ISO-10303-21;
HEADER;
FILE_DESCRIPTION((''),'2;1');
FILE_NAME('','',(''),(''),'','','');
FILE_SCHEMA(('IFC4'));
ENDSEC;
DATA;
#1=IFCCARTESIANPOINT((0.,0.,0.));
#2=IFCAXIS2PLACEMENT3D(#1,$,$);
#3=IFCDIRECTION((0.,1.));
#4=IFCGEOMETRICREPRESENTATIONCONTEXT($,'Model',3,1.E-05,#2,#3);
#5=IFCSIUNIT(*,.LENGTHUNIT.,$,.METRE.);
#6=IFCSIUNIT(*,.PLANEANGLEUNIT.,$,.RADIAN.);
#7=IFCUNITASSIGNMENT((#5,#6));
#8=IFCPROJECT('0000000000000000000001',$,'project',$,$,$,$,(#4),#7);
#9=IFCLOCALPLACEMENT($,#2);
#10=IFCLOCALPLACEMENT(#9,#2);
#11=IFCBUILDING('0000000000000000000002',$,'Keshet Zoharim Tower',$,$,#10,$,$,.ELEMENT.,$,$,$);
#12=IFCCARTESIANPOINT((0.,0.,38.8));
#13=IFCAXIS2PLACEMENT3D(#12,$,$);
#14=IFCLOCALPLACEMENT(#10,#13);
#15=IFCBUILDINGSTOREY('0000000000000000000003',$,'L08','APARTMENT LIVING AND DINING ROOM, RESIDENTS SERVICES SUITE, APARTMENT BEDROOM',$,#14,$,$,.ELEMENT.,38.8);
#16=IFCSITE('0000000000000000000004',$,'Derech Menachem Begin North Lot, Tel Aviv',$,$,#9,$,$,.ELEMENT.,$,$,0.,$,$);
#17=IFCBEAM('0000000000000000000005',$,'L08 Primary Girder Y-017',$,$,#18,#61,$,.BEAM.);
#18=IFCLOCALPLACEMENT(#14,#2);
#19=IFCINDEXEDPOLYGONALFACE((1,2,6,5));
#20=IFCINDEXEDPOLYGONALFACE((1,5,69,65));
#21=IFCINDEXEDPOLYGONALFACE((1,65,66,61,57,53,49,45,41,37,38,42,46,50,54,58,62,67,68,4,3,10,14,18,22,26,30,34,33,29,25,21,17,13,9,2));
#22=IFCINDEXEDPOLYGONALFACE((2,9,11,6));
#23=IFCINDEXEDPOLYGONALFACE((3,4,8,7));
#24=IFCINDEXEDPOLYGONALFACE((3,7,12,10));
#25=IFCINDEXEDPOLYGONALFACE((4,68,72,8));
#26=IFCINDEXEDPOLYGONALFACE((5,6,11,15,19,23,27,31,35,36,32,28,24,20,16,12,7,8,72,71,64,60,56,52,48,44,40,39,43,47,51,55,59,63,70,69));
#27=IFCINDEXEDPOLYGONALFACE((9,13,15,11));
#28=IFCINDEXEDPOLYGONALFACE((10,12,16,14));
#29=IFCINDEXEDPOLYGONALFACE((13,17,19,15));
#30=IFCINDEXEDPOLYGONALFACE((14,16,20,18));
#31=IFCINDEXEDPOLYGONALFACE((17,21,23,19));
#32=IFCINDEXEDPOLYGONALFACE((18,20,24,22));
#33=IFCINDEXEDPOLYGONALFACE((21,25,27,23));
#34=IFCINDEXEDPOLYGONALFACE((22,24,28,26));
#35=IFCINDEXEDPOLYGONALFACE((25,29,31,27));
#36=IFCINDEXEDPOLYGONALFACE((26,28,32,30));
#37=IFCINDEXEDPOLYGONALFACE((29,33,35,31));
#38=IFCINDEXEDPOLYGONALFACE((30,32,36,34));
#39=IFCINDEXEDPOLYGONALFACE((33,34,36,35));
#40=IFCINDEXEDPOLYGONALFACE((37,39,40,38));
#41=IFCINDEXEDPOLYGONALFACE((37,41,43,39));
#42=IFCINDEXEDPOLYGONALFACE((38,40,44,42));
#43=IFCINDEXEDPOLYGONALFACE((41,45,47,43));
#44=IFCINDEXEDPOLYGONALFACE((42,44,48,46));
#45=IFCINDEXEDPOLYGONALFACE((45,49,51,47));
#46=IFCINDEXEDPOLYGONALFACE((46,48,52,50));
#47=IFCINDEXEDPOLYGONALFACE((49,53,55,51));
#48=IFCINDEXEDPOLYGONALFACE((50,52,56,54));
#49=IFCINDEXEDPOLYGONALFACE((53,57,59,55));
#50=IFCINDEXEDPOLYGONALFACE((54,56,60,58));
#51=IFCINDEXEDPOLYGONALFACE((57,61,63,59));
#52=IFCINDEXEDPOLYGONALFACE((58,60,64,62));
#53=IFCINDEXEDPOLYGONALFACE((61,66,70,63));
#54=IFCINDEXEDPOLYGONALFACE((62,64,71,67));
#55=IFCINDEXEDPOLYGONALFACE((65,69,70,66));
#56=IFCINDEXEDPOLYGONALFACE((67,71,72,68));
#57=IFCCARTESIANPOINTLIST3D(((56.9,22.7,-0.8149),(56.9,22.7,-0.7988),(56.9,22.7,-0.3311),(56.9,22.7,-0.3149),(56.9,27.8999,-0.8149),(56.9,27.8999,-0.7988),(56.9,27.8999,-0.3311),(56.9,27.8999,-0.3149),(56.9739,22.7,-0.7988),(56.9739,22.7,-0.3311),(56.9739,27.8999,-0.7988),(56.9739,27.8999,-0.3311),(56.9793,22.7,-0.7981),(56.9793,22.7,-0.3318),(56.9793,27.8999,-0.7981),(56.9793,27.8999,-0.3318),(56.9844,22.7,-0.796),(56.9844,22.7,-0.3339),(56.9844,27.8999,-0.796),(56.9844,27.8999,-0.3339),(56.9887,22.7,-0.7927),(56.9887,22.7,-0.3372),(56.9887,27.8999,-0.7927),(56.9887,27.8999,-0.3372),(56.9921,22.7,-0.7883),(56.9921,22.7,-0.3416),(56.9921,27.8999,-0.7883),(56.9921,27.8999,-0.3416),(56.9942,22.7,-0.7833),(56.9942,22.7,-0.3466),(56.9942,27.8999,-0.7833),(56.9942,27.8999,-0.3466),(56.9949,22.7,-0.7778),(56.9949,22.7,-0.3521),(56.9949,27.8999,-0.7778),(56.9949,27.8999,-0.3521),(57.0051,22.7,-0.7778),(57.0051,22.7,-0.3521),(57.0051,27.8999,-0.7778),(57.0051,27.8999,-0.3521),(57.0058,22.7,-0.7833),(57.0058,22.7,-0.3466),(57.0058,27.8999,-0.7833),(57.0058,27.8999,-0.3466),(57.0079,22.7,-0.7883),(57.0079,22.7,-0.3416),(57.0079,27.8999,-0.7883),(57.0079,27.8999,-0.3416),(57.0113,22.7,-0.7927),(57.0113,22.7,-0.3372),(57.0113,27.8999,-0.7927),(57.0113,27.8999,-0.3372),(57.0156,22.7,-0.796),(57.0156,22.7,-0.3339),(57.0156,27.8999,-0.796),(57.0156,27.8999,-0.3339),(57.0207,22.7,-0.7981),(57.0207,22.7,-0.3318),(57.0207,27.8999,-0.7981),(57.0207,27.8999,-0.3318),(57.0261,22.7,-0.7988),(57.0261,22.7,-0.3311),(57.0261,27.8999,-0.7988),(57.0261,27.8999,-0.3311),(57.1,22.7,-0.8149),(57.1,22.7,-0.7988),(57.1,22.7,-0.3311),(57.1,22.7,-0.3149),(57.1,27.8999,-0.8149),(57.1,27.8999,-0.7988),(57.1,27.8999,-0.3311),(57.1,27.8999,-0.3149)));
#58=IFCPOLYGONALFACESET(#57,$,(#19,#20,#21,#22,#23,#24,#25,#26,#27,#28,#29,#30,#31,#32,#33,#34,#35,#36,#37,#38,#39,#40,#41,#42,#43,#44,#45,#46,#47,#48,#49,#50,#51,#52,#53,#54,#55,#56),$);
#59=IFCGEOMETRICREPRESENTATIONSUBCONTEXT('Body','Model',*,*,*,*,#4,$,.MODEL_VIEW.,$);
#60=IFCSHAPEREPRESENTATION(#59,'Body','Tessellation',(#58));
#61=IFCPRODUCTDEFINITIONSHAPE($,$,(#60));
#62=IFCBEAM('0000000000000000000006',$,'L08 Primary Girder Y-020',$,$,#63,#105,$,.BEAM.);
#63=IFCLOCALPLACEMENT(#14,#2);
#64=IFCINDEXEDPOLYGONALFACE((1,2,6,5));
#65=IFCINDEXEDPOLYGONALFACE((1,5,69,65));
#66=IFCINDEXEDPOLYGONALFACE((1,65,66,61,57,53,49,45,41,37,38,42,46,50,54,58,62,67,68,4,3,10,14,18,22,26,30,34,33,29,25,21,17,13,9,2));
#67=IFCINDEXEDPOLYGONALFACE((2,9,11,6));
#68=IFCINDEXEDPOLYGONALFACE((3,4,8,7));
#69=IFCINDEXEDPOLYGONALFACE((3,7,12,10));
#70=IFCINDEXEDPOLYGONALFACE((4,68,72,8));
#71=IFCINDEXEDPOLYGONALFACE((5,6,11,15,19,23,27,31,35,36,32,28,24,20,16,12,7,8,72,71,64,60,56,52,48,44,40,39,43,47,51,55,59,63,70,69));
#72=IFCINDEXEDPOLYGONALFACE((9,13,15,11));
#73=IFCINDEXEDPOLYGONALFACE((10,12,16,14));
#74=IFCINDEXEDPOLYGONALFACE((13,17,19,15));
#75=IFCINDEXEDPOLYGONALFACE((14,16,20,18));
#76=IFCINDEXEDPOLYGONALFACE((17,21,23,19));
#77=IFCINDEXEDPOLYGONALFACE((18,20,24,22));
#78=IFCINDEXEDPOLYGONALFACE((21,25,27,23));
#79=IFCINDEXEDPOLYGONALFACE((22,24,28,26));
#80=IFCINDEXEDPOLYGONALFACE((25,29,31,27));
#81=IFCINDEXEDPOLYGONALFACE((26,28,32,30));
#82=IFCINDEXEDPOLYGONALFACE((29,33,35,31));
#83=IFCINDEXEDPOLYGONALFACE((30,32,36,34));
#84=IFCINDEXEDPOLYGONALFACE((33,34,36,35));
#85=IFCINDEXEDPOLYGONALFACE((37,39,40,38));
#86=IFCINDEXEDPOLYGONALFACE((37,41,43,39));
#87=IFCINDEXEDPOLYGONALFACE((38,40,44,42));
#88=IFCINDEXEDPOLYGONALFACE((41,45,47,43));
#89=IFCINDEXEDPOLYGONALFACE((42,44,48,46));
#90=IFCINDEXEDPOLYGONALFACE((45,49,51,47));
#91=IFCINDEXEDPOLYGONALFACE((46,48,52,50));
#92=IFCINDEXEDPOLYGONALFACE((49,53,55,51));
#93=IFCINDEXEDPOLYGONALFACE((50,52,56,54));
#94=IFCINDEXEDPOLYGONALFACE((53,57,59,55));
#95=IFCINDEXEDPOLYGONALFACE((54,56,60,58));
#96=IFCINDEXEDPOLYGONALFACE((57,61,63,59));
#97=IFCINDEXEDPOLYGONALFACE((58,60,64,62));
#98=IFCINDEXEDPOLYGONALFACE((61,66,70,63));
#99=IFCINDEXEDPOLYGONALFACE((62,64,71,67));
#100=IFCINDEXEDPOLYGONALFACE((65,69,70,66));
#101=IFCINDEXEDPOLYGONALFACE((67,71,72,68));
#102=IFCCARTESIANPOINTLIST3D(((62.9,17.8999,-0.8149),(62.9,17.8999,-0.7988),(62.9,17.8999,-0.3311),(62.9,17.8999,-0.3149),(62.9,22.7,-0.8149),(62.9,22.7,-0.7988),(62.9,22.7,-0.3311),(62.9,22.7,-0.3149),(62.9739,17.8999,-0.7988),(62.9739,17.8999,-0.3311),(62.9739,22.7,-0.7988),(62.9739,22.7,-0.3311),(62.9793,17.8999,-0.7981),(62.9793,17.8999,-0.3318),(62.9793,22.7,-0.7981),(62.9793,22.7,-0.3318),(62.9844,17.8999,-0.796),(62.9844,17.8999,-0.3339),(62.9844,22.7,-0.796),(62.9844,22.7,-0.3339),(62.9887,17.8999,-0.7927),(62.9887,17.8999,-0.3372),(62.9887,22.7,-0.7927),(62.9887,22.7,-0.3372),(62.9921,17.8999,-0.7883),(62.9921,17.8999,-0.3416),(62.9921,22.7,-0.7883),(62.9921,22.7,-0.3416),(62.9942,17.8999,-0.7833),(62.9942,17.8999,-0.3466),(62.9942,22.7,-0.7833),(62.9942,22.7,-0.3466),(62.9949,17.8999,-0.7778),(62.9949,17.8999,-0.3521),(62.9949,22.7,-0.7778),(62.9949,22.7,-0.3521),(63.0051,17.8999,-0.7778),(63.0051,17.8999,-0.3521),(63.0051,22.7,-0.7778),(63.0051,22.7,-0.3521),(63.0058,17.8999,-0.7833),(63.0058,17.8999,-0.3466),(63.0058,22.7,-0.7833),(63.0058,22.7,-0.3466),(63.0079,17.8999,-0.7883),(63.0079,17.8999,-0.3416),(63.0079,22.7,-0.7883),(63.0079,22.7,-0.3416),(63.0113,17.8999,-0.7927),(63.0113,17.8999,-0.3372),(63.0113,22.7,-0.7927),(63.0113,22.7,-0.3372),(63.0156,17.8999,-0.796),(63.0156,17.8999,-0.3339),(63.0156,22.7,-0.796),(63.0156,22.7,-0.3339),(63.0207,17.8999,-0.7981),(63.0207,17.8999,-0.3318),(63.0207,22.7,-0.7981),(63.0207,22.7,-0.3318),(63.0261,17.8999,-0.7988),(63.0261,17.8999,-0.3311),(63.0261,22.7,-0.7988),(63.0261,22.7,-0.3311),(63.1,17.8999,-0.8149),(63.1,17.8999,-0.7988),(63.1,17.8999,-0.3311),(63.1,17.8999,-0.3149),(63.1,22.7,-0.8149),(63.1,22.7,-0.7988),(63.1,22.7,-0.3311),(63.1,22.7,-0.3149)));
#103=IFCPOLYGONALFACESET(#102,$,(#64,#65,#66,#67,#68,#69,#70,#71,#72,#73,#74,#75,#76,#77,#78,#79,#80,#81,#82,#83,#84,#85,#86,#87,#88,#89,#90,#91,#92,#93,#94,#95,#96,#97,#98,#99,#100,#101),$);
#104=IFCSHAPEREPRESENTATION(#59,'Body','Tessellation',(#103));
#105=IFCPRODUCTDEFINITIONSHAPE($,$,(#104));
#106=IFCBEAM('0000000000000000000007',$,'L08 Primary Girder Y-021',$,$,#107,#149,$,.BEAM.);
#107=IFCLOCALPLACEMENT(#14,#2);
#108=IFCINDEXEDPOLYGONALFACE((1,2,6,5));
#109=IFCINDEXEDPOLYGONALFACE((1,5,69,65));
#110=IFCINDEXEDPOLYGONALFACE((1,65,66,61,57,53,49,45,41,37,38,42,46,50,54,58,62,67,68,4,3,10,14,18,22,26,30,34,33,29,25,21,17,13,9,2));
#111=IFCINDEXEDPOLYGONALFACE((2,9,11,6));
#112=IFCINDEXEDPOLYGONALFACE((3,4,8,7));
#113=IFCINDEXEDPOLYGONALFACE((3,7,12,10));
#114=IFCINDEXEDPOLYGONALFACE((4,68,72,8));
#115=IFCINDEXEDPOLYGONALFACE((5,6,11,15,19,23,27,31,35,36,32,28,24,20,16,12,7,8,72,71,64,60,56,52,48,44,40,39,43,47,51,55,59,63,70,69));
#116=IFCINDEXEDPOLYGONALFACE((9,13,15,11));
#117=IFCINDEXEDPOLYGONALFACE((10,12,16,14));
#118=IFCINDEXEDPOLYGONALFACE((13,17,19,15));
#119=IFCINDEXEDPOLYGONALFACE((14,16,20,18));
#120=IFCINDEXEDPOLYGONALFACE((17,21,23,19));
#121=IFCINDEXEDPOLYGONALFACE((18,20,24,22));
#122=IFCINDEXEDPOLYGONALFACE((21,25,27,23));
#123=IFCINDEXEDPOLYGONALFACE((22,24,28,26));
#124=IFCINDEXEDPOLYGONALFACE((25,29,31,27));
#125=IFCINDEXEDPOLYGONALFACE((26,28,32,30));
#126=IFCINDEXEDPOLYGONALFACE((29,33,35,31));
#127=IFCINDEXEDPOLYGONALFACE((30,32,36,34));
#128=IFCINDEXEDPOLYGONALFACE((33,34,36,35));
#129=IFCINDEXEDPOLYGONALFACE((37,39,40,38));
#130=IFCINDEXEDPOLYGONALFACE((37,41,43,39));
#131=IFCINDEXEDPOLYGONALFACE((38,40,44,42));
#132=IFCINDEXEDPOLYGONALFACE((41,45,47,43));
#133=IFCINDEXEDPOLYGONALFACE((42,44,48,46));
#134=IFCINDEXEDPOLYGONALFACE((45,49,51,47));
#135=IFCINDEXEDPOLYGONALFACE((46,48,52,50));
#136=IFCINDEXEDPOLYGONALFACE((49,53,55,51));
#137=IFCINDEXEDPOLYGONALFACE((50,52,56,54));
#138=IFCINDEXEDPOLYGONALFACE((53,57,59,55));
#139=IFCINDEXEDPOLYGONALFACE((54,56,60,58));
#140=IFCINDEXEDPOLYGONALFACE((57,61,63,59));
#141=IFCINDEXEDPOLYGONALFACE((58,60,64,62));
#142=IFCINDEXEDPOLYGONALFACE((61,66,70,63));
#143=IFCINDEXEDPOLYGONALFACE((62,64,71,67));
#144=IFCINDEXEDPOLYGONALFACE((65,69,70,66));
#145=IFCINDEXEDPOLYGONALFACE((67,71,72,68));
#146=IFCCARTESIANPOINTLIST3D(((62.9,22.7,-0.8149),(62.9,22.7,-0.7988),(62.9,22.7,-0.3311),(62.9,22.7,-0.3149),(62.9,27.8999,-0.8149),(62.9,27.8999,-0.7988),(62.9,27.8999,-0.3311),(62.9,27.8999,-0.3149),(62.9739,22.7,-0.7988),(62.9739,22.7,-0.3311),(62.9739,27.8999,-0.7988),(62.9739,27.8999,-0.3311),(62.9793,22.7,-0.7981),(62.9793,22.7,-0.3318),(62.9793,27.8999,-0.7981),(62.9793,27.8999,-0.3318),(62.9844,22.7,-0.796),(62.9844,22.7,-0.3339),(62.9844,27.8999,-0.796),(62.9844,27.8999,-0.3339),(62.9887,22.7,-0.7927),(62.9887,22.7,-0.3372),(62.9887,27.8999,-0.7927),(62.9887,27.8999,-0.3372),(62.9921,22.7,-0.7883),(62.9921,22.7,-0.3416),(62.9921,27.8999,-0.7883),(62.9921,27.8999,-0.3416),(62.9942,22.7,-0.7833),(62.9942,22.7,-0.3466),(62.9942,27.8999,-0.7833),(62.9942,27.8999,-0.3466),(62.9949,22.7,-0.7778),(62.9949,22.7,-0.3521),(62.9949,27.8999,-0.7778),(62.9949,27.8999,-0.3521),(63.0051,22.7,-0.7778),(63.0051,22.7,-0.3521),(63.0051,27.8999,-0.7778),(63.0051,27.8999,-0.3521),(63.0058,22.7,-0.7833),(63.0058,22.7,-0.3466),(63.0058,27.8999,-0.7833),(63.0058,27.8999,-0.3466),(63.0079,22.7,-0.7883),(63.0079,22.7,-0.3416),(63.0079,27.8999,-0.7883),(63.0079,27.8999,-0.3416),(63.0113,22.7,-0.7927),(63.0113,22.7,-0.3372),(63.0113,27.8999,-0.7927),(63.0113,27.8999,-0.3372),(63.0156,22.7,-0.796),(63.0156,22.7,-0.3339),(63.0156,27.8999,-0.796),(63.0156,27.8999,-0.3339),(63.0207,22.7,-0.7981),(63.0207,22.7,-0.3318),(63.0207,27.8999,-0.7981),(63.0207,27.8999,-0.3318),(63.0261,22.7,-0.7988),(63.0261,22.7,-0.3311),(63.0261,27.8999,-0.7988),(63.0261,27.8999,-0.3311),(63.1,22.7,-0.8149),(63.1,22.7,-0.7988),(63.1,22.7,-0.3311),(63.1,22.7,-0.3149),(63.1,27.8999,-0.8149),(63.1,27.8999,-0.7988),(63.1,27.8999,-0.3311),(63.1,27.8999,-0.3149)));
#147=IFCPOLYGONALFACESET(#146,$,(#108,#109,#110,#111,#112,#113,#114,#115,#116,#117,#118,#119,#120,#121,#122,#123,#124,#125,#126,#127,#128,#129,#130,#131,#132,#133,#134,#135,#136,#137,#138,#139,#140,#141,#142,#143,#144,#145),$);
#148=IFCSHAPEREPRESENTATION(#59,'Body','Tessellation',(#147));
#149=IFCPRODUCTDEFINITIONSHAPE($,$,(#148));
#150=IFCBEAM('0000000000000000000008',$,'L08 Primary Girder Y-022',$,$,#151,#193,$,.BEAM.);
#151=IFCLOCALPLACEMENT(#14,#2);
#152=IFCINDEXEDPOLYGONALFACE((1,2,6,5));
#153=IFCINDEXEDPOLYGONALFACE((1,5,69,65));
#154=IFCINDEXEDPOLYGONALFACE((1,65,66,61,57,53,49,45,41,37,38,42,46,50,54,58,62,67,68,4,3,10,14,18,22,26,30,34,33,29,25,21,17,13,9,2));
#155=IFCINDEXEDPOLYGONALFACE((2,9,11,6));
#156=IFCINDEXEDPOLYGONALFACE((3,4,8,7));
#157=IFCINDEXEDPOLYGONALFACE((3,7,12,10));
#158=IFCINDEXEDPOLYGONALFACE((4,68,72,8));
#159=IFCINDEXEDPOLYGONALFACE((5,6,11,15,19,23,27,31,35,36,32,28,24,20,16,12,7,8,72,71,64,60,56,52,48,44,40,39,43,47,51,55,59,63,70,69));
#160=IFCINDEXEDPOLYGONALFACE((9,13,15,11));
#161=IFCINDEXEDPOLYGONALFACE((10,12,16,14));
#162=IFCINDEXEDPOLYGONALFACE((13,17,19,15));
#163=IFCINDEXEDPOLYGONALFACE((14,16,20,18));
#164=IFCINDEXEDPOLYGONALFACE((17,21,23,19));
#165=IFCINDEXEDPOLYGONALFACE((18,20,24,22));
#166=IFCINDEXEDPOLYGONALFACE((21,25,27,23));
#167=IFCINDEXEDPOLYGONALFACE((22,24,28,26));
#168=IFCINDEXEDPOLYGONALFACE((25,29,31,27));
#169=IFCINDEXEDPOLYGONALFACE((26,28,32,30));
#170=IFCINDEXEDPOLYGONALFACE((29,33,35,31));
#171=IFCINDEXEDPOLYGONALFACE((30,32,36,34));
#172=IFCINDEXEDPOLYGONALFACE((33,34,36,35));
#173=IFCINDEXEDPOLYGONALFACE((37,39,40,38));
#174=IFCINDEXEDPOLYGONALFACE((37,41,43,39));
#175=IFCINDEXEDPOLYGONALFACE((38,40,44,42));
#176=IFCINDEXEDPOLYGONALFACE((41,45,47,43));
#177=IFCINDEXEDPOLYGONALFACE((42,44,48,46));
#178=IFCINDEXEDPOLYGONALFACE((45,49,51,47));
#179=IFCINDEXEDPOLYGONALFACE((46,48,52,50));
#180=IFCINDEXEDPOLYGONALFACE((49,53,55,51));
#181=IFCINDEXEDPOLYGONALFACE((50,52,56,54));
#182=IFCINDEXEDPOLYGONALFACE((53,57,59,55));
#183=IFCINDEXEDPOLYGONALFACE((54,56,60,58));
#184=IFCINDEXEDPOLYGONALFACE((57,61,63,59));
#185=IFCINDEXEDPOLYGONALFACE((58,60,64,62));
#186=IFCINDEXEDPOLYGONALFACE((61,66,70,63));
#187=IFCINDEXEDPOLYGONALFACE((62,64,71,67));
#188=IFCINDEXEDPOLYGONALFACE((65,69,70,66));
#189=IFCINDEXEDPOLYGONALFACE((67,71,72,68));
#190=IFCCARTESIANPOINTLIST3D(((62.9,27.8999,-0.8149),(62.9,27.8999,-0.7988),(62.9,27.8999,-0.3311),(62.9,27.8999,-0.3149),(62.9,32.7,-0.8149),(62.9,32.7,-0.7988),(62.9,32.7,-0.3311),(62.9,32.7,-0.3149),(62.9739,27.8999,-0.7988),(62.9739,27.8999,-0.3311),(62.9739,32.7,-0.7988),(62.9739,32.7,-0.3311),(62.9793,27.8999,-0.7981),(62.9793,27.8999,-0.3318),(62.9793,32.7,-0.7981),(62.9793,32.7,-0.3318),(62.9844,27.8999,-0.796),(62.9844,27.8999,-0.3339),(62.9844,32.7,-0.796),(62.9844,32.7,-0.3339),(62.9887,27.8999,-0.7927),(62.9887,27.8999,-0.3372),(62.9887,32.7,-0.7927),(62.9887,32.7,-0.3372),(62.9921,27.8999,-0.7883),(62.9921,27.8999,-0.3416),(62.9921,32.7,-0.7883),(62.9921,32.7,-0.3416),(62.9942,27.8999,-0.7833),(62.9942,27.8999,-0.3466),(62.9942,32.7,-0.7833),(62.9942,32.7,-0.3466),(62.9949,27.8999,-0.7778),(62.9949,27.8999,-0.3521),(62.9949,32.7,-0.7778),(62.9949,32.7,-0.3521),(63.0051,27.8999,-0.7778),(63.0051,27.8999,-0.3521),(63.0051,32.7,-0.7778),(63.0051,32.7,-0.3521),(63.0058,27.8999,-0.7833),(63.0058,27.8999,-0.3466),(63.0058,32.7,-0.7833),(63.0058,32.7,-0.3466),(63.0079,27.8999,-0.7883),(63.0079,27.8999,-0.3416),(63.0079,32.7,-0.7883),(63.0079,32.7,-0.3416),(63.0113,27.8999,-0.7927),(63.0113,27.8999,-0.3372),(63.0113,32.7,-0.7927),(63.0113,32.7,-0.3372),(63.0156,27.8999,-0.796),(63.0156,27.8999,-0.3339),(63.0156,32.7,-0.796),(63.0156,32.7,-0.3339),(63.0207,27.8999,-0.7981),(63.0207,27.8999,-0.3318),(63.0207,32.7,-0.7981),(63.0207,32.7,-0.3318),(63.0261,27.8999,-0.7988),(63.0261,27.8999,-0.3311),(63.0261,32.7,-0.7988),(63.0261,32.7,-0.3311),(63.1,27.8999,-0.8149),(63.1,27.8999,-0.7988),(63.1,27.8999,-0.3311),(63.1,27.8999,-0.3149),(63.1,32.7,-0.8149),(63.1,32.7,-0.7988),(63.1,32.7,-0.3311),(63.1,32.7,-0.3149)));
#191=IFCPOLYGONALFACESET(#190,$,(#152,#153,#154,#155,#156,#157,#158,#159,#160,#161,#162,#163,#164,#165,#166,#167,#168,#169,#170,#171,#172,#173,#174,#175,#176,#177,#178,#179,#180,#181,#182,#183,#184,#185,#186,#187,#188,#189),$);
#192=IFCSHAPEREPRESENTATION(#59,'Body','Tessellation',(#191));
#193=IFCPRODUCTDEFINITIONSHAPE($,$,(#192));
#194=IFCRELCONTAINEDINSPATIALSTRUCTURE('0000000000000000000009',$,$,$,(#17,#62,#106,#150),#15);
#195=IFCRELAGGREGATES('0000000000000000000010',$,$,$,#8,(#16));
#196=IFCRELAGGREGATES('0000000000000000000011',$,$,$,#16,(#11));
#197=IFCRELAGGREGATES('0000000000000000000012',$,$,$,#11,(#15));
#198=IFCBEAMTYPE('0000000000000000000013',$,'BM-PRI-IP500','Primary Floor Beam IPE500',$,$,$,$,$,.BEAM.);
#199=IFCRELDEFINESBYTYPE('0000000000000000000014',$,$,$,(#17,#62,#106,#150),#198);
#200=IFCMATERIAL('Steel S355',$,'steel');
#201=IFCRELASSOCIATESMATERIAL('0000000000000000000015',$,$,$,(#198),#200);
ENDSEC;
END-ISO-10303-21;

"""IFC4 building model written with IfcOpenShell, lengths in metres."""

from ifc_helpers import new_model, si_unit, direction, frame, origin, origin_2d, place, context, subcontext, project, spatial, i_section, extrude, material, material_profile, profile_set, type_object, element, save


model = new_model("IFC4")

# Units and contexts
model_context = context("Model", 3, precision=1e-05, world=origin(), true_north=direction((0.0, 1.0)))
body_context = subcontext(model_context, "Body", "Model", "MODEL_VIEW")
ifc_project = project(units=[si_unit("LENGTHUNIT", "METRE"), si_unit("PLANEANGLEUNIT", "RADIAN")], contexts=[model_context])

# Site, building, storey
site_placement = place(None, origin())
site = spatial("IfcSite", under=ifc_project, at=site_placement, Name="Derech Menachem Begin North Lot, Tel Aviv", CompositionType="ELEMENT", RefElevation=0.0)
building_placement = place(site_placement, origin())
building = spatial("IfcBuilding", under=site, at=building_placement, Name="Keshet Zoharim Tower", CompositionType="ELEMENT")
storey_placement = place(building_placement, frame((0.0, 0.0, 38.8)))
storey = spatial("IfcBuildingStorey", under=building, at=storey_placement, Name="L08", Description="APARTMENT LIVING AND DINING ROOM, RESIDENTS SERVICES SUITE, APARTMENT BEDROOM", CompositionType="ELEMENT", Elevation=38.8)

# Shared definitions
ifc_material_1 = material(Name="Steel S355", Category="steel")

# Beams
ifc_material_profile_1 = material_profile(ifc_material_1, i_section(OverallWidth=0.2, OverallDepth=0.5, WebThickness=0.0103, FlangeThickness=0.0161, FilletRadius=0.021, at=origin_2d()), Name="IPE500")
ifc_profile_set_1 = profile_set([ifc_material_profile_1], Name="Steel S355")
beam_type_1 = type_object("IfcBeamType", Name="BM-PRI-IP500", Description="Primary Floor Beam IPE500", PredefinedType="BEAM", material=ifc_profile_set_1)
beam_1_placement = place(storey_placement, frame((57.0, 22.7, -0.5649), z_axis=(0.0, 1.0, 0.0), x_axis=(-1.0, 0.0, 0.0)))
element("IfcBeam", 1, at=beam_1_placement, inside=storey, type_object=beam_type_1, Name="L08 Primary Girder Y-017", PredefinedType="BEAM", context=body_context, shape_type="SweptSolid", body=[
    extrude(i_section(OverallWidth=0.2, OverallDepth=0.5, WebThickness=0.0103, FlangeThickness=0.0161, FilletRadius=0.021, at=origin_2d()), origin(), (0.0, 0.0, 1.0), 5.2),
])
beam_2_placement = place(storey_placement, frame((63.0, 17.8999, -0.5649), z_axis=(0.0, 1.0, 0.0), x_axis=(-1.0, 0.0, 0.0)))
element("IfcBeam", 2, at=beam_2_placement, inside=storey, type_object=beam_type_1, Name="L08 Primary Girder Y-020", PredefinedType="BEAM", context=body_context, shape_type="SweptSolid", body=[
    extrude(i_section(OverallWidth=0.2, OverallDepth=0.5, WebThickness=0.0103, FlangeThickness=0.0161, FilletRadius=0.021, at=origin_2d()), origin(), (0.0, 0.0, 1.0), 4.8),
])
beam_3_placement = place(storey_placement, frame((63.0, 22.7, -0.5649), z_axis=(0.0, 1.0, 0.0), x_axis=(-1.0, 0.0, 0.0)))
element("IfcBeam", 3, at=beam_3_placement, inside=storey, type_object=beam_type_1, Name="L08 Primary Girder Y-021", PredefinedType="BEAM", context=body_context, shape_type="SweptSolid", body=[
    extrude(i_section(OverallWidth=0.2, OverallDepth=0.5, WebThickness=0.0103, FlangeThickness=0.0161, FilletRadius=0.021, at=origin_2d()), origin(), (0.0, 0.0, 1.0), 5.2),
])
for number, where, z_axis, x_axis, name in (
    (4, (63.0, 27.8999, -0.5649), (0.0, 1.0, 0.0), (-1.0, 0.0, 0.0), "L08 Primary Girder Y-022"),
):
    element("IfcBeam", number, at=place(storey_placement, frame(where, z_axis=z_axis, x_axis=x_axis)), inside=storey, type_object=beam_type_1, Name=name, PredefinedType="BEAM", context=body_context, shape_type="SweptSolid", body=[
        extrude(i_section(OverallWidth=0.2, OverallDepth=0.5, WebThickness=0.0103, FlangeThickness=0.0161, FilletRadius=0.021, at=origin_2d()), origin(), (0.0, 0.0, 1.0), 4.8),
    ])

save(model, "model.ifc")
